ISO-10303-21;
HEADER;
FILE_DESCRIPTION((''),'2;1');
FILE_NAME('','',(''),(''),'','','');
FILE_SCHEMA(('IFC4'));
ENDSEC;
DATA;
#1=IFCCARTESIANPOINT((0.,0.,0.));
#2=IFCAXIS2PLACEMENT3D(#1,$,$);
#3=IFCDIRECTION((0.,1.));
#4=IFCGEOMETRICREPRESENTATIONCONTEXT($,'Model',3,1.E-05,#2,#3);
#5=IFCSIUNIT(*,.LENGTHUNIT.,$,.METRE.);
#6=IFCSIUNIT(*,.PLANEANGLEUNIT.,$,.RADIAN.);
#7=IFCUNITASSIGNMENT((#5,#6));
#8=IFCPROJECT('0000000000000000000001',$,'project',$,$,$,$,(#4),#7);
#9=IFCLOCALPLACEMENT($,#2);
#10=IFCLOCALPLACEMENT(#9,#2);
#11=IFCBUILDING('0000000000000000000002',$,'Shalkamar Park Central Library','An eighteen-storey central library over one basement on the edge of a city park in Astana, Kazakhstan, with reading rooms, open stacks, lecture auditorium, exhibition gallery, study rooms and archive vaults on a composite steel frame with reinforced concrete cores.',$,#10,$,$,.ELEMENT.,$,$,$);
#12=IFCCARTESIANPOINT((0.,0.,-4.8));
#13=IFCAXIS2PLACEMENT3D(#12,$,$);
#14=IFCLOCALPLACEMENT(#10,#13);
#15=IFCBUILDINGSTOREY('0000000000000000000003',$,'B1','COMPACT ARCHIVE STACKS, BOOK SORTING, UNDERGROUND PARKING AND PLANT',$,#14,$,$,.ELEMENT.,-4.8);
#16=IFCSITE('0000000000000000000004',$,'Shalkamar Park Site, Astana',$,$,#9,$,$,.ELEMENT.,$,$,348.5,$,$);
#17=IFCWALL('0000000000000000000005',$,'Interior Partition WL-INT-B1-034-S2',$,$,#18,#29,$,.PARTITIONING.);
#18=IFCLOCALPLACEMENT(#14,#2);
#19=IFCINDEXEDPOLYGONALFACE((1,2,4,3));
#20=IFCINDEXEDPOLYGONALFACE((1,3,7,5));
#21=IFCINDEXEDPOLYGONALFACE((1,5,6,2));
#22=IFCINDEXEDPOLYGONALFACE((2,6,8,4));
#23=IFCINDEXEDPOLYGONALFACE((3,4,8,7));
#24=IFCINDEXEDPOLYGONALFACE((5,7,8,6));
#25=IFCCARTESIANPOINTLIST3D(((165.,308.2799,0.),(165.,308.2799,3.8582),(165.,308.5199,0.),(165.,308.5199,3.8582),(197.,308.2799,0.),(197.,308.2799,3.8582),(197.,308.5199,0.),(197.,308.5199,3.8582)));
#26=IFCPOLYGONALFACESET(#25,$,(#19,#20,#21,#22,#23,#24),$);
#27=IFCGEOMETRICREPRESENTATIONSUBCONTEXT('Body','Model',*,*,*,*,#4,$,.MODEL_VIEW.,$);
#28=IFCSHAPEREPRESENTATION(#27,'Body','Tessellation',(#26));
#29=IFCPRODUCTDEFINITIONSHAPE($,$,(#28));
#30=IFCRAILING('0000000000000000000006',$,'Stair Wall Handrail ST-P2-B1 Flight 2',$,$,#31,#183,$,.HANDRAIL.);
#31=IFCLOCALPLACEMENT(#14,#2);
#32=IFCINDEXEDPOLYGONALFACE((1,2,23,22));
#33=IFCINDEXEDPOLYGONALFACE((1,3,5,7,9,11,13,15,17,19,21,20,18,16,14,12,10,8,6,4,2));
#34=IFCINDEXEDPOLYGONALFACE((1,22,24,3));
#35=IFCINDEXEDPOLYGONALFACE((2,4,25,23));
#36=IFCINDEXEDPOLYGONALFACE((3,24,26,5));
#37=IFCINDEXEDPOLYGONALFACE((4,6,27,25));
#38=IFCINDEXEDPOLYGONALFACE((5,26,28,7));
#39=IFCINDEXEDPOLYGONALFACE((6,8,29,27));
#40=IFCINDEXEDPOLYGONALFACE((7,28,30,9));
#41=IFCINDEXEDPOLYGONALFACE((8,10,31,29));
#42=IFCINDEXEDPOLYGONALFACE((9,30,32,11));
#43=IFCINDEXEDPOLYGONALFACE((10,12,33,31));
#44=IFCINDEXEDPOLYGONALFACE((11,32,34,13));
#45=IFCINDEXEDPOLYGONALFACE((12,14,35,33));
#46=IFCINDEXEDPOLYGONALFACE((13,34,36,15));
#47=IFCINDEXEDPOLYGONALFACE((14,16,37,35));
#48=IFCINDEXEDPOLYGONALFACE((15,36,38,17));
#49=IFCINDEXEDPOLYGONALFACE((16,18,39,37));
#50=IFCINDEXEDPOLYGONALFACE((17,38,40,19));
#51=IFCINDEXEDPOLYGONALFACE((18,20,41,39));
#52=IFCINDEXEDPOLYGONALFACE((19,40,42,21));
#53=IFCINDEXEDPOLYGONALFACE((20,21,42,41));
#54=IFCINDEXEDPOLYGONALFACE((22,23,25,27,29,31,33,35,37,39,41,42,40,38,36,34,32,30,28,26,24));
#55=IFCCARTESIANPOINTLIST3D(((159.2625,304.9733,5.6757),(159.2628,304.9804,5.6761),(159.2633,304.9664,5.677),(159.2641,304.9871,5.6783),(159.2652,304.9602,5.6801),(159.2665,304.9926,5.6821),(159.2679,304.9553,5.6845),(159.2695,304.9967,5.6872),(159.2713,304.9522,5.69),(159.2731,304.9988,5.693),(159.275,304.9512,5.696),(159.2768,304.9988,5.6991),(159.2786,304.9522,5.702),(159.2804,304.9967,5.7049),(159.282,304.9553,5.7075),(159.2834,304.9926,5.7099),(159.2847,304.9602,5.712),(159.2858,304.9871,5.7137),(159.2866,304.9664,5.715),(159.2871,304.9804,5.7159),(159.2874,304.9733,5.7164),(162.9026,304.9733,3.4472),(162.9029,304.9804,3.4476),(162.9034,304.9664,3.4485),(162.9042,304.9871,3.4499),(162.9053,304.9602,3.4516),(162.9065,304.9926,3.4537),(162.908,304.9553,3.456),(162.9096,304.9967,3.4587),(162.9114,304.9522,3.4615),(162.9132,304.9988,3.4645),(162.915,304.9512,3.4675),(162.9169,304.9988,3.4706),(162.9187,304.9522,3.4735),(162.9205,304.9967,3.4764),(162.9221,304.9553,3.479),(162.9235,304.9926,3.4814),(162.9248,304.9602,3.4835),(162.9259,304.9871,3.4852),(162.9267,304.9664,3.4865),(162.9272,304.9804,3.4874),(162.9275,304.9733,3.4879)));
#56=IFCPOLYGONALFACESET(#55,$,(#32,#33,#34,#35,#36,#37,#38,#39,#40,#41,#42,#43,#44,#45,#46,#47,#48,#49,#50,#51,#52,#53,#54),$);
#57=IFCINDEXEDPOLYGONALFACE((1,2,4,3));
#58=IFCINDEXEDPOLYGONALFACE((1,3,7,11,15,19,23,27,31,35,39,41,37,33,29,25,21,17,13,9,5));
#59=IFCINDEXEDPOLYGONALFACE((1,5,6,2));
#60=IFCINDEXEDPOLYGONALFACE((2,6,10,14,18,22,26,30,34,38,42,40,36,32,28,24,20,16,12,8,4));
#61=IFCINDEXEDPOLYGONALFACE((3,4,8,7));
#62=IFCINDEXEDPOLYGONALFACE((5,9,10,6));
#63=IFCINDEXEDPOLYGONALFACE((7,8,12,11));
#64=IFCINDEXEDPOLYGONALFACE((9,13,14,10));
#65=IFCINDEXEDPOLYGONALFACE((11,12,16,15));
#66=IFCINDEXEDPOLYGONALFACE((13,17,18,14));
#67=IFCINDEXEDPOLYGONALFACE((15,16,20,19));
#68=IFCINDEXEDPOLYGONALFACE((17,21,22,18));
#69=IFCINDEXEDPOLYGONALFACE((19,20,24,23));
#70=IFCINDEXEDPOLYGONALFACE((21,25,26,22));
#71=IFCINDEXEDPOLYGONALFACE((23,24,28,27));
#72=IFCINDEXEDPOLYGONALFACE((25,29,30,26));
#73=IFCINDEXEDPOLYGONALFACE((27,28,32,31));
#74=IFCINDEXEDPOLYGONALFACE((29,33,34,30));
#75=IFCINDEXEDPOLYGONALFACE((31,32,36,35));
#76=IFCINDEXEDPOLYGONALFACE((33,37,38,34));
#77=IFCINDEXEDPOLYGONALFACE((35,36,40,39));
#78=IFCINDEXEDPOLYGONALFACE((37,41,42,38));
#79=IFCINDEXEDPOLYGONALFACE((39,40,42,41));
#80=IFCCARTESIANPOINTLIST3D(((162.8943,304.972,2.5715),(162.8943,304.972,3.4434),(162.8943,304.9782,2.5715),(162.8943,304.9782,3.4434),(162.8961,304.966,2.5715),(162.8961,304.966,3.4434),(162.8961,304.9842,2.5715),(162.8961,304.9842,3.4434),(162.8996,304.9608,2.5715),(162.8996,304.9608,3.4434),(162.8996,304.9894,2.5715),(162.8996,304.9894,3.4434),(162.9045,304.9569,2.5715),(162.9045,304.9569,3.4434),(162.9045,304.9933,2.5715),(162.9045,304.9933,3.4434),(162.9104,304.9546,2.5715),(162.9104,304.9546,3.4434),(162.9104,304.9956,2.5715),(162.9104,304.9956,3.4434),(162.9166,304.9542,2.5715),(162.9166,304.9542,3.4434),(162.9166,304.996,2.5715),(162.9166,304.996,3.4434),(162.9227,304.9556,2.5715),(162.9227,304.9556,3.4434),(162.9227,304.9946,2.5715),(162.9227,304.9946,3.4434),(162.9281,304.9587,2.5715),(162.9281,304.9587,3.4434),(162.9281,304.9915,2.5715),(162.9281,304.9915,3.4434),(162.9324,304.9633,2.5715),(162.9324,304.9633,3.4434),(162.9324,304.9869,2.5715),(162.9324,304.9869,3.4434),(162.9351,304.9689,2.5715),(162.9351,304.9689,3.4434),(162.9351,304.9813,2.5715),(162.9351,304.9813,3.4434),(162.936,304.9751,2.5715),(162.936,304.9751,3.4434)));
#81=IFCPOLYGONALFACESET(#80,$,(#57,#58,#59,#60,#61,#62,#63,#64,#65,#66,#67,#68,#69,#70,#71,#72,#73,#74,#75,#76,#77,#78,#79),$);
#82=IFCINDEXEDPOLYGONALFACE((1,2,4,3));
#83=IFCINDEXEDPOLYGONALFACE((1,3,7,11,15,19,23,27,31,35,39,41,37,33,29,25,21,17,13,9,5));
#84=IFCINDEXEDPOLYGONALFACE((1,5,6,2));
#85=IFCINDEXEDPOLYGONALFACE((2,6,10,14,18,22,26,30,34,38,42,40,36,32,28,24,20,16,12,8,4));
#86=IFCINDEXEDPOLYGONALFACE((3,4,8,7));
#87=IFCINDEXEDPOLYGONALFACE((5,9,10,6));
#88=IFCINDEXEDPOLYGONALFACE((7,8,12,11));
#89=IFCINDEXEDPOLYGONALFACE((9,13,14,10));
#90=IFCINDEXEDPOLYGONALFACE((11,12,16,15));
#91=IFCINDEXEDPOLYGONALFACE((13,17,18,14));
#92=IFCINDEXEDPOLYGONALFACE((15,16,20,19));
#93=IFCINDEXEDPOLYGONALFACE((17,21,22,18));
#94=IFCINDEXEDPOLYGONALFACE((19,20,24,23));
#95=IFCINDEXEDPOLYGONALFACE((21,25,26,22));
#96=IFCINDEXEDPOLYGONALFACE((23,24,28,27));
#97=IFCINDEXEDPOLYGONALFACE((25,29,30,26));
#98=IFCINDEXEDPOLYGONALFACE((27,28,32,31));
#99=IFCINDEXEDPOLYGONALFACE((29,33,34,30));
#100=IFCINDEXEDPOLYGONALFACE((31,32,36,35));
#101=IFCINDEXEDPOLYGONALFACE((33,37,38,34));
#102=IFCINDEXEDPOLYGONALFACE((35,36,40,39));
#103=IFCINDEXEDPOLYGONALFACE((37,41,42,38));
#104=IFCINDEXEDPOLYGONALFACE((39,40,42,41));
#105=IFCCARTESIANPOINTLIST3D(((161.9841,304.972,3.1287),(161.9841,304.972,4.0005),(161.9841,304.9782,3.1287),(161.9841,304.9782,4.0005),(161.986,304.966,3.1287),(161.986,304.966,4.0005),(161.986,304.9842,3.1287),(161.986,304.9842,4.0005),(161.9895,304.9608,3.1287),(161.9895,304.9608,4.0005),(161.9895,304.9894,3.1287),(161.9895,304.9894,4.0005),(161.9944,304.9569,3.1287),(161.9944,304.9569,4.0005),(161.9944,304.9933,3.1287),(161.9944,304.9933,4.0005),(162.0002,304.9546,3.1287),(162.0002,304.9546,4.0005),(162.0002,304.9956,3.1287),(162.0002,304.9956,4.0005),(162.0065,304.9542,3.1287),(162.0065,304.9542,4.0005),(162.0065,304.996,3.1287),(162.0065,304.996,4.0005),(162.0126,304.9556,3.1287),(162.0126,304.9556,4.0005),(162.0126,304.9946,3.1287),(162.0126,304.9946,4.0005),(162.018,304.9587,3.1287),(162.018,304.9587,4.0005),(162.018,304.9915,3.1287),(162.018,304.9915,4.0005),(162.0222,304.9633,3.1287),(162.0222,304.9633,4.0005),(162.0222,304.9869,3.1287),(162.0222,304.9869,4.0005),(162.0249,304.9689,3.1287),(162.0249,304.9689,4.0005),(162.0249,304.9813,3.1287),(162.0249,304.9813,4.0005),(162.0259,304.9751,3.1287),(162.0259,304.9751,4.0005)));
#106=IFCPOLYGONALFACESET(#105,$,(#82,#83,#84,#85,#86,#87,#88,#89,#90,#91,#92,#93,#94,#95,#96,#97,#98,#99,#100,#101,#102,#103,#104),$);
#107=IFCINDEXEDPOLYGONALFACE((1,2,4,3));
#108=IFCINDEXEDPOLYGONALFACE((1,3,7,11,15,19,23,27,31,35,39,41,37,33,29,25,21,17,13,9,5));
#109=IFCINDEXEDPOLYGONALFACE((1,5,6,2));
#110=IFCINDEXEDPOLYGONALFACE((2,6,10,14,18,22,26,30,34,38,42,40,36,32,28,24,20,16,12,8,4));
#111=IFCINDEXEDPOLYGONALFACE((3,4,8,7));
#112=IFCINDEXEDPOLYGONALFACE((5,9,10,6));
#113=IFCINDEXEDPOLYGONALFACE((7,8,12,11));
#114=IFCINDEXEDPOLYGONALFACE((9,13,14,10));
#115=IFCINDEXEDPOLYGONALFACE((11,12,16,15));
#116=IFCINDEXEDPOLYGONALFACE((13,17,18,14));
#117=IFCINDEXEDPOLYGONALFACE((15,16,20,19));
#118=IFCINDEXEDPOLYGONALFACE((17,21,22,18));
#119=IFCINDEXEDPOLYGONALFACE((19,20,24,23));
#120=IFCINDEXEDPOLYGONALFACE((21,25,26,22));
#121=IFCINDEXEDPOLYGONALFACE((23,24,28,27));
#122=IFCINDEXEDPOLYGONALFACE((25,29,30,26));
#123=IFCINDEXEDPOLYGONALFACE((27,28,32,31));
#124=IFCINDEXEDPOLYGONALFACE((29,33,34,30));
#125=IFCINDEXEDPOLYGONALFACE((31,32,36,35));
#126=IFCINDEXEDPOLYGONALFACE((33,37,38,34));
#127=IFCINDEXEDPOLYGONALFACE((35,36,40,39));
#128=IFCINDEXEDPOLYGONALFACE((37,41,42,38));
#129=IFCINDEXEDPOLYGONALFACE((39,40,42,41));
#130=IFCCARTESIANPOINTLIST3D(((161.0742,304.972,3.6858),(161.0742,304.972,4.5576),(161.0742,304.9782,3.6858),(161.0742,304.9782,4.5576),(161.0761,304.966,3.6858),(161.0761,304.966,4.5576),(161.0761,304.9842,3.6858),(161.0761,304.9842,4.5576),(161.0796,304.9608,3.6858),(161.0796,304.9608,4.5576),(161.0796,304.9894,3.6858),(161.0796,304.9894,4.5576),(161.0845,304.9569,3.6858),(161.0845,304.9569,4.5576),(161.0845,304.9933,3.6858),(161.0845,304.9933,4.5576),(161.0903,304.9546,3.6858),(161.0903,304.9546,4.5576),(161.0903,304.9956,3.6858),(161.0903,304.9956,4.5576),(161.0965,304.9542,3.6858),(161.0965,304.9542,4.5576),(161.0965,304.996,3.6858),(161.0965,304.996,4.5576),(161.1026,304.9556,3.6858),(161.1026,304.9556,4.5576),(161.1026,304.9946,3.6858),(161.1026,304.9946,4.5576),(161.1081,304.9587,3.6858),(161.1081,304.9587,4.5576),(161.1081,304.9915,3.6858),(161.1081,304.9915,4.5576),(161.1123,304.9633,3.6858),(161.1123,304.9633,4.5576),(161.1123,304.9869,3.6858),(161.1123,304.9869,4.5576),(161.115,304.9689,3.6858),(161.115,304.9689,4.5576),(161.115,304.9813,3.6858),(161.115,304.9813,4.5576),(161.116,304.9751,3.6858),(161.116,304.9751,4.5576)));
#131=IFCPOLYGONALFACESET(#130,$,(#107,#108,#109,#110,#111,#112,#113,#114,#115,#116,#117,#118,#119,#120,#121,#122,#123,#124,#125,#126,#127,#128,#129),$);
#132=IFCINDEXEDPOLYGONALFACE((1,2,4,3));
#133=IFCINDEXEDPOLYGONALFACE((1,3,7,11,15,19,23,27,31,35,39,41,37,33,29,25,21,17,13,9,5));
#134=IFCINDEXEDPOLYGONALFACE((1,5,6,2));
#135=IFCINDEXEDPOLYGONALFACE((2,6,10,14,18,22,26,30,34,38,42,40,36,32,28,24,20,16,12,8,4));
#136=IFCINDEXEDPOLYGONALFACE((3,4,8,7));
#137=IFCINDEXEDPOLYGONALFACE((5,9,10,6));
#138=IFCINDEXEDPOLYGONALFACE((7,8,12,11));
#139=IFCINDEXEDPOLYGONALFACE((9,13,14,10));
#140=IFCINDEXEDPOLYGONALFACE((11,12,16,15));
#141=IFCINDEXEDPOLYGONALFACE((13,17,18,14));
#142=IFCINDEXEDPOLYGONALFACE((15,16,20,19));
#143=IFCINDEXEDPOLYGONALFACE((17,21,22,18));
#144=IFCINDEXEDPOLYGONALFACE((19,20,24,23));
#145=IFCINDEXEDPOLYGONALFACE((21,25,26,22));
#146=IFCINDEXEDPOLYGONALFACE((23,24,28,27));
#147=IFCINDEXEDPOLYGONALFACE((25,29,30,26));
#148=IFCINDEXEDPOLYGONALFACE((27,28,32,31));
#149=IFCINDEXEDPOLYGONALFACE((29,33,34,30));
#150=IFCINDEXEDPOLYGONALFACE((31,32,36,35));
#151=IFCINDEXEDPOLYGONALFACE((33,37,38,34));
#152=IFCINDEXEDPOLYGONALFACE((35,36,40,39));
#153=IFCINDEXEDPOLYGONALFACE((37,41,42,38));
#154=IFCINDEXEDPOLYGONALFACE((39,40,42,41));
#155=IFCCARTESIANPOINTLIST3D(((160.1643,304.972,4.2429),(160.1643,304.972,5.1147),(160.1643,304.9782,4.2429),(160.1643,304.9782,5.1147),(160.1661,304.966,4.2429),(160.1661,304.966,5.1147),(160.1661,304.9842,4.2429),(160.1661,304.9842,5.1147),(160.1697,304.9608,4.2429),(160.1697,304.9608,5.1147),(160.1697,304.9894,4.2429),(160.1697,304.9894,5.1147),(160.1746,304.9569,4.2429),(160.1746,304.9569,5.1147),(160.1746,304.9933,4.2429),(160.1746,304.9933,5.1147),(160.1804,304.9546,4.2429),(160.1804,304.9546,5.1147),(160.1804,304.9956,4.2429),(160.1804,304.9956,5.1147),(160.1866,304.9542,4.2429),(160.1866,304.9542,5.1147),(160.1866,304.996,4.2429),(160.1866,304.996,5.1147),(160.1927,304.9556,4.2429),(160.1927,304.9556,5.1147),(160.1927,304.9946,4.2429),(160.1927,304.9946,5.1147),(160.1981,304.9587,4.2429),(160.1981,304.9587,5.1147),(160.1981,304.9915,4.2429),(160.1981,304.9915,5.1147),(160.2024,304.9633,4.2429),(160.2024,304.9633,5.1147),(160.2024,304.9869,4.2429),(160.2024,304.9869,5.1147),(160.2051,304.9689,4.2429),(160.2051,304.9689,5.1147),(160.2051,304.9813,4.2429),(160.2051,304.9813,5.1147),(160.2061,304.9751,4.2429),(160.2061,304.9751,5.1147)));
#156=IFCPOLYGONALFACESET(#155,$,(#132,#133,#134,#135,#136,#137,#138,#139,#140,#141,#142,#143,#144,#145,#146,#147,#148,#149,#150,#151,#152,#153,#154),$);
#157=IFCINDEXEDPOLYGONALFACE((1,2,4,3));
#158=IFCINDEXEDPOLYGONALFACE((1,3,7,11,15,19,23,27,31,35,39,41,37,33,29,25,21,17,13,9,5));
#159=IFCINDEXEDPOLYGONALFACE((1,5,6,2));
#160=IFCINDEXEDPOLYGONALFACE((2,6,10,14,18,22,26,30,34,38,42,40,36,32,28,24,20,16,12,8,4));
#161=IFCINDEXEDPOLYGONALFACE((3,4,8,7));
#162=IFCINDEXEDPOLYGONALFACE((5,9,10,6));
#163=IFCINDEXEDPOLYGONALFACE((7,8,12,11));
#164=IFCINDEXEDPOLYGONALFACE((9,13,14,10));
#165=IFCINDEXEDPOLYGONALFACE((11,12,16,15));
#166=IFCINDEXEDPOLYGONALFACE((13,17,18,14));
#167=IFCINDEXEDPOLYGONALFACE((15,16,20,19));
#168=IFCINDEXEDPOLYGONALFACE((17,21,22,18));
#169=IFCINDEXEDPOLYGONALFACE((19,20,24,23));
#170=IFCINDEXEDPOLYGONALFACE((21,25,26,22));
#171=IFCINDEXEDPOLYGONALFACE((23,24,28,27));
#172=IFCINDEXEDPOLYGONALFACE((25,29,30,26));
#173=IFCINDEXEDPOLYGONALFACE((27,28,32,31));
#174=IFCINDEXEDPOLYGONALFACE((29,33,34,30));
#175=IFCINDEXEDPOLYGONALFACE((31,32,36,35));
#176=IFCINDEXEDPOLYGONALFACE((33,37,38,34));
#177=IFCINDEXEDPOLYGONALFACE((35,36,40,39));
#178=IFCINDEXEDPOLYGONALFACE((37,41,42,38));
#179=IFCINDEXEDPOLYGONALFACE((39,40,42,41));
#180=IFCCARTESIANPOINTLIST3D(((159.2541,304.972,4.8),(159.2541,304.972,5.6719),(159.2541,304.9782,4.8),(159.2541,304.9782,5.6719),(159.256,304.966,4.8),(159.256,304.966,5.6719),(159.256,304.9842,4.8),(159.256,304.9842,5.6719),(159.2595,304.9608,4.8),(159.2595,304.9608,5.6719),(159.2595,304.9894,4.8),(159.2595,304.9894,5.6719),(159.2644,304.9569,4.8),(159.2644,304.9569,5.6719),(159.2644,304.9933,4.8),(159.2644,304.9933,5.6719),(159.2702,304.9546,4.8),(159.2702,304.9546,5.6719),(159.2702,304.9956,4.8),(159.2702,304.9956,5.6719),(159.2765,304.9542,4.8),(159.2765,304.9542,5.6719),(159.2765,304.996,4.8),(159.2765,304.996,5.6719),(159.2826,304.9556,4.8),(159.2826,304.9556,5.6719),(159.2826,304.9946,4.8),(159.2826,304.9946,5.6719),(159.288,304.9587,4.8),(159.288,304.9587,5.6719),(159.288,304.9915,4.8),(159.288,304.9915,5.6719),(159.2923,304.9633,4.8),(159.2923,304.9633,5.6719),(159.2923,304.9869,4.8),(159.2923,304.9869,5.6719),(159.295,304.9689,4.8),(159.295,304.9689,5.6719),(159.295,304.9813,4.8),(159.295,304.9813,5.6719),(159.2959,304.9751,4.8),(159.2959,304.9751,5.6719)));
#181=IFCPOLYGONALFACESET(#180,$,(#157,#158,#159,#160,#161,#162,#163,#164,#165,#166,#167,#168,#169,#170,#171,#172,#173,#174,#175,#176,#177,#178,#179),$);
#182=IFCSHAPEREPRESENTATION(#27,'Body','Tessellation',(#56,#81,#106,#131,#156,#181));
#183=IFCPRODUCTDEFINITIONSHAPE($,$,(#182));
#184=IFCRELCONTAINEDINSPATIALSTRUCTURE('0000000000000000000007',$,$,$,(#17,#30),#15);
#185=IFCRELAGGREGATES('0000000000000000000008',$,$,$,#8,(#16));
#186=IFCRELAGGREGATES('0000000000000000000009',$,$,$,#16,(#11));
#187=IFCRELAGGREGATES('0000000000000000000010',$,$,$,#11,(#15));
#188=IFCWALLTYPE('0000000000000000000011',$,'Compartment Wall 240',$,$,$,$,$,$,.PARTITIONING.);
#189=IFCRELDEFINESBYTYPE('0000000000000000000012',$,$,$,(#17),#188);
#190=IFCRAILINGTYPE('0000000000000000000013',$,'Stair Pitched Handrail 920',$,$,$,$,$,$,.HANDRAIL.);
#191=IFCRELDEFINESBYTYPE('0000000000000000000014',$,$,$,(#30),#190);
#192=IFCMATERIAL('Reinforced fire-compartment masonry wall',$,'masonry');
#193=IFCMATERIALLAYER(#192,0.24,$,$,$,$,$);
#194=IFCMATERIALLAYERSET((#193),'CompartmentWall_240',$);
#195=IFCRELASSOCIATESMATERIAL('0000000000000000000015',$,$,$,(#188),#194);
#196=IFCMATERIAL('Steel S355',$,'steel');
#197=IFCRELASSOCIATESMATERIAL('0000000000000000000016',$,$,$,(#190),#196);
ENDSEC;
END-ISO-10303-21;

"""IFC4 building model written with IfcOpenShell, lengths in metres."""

from ifc_helpers import new_model, si_unit, direction, frame, frame_2d, origin, origin_2d, place, context, subcontext, project, spatial, rectangle, circle, extrude, material, layer, layer_set, type_object, element, save


model = new_model("IFC4")

# Units and contexts
model_context = context("Model", 3, precision=1e-05, world=origin(), true_north=direction((0.0, 1.0)))
body_context = subcontext(model_context, "Body", "Model", "MODEL_VIEW")
ifc_project = project(units=[si_unit("LENGTHUNIT", "METRE"), si_unit("PLANEANGLEUNIT", "RADIAN")], contexts=[model_context])

# Site, building, storey
site_placement = place(None, origin())
site = spatial("IfcSite", under=ifc_project, at=site_placement, Name="Shalkamar Park Site, Astana", CompositionType="ELEMENT", RefElevation=348.5)
building_placement = place(site_placement, origin())
building = spatial("IfcBuilding", under=site, at=building_placement, Name="Shalkamar Park Central Library", Description="An eighteen-storey central library over one basement on the edge of a city park in Astana, Kazakhstan, with reading rooms, open stacks, lecture auditorium, exhibition gallery, study rooms and archive vaults on a composite steel frame with reinforced concrete cores.", CompositionType="ELEMENT")
storey_placement = place(building_placement, frame((0.0, 0.0, -4.8)))
storey = spatial("IfcBuildingStorey", under=building, at=storey_placement, Name="B1", Description="COMPACT ARCHIVE STACKS, BOOK SORTING, UNDERGROUND PARKING AND PLANT", CompositionType="ELEMENT", Elevation=-4.8)

# Shared definitions
ifc_material_1 = material(Name="Steel S355", Category="steel")

# Wall
ifc_material_2 = material(Name="Reinforced fire-compartment masonry wall", Category="masonry")
ifc_layer = layer(ifc_material_2, 0.24)
ifc_layer_set = layer_set([ifc_layer], Name="CompartmentWall_240")
wall_type = type_object("IfcWallType", Name="Compartment Wall 240", PredefinedType="PARTITIONING", material=ifc_layer_set)
wall_placement = place(storey_placement, frame((165.0, 308.3999, 0.0), z_axis=(0.0, 0.0, 1.0), x_axis=(1.0, 0.0, 0.0)))
element("IfcWall", 1, at=wall_placement, inside=storey, type_object=wall_type, Name="Interior Partition WL-INT-B1-034-S2", PredefinedType="PARTITIONING", context=body_context, shape_type="SweptSolid", body=[
    extrude(rectangle(XDim=32.0, YDim=0.24, at=frame_2d((16.0, 0.0))), origin(), (0.0, 0.0, 1.0), 3.8582),
])

# Railing
railing_type = type_object("IfcRailingType", Name="Stair Pitched Handrail 920", PredefinedType="HANDRAIL", material=ifc_material_1)
railing_placement = place(storey_placement, frame((162.915, 304.9751, 2.5715)))
element("IfcRailing", 2, at=railing_placement, inside=storey, type_object=railing_type, Name="Stair Wall Handrail ST-P2-B1 Flight 2", PredefinedType="HANDRAIL", context=body_context, shape_type="SweptSolid", body=[
    extrude(circle(Radius=0.0239, at=origin_2d()), frame((0.0, 0.0, 0.896), z_axis=(-0.852866, 0.0, 0.52213), x_axis=(0.0, -1.0, 0.0)), (0.0, 0.0, 1.0), 4.2681),
    extrude(circle(Radius=0.021, at=origin_2d()), origin(), (0.0, 0.0, 1.0), 0.8718),
    extrude(circle(Radius=0.021, at=origin_2d()), frame((-0.9102, 0.0, 0.5571)), (0.0, 0.0, 1.0), 0.8718),
    extrude(circle(Radius=0.021, at=origin_2d()), frame((-1.8201, 0.0, 1.1143)), (0.0, 0.0, 1.0), 0.8718),
    extrude(circle(Radius=0.021, at=origin_2d()), frame((-2.73, 0.0, 1.6714)), (0.0, 0.0, 1.0), 0.8718),
    extrude(circle(Radius=0.021, at=origin_2d()), frame((-3.6401, 0.0, 2.2285)), (0.0, 0.0, 1.0), 0.8718),
])

save(model, "model.ifc")
